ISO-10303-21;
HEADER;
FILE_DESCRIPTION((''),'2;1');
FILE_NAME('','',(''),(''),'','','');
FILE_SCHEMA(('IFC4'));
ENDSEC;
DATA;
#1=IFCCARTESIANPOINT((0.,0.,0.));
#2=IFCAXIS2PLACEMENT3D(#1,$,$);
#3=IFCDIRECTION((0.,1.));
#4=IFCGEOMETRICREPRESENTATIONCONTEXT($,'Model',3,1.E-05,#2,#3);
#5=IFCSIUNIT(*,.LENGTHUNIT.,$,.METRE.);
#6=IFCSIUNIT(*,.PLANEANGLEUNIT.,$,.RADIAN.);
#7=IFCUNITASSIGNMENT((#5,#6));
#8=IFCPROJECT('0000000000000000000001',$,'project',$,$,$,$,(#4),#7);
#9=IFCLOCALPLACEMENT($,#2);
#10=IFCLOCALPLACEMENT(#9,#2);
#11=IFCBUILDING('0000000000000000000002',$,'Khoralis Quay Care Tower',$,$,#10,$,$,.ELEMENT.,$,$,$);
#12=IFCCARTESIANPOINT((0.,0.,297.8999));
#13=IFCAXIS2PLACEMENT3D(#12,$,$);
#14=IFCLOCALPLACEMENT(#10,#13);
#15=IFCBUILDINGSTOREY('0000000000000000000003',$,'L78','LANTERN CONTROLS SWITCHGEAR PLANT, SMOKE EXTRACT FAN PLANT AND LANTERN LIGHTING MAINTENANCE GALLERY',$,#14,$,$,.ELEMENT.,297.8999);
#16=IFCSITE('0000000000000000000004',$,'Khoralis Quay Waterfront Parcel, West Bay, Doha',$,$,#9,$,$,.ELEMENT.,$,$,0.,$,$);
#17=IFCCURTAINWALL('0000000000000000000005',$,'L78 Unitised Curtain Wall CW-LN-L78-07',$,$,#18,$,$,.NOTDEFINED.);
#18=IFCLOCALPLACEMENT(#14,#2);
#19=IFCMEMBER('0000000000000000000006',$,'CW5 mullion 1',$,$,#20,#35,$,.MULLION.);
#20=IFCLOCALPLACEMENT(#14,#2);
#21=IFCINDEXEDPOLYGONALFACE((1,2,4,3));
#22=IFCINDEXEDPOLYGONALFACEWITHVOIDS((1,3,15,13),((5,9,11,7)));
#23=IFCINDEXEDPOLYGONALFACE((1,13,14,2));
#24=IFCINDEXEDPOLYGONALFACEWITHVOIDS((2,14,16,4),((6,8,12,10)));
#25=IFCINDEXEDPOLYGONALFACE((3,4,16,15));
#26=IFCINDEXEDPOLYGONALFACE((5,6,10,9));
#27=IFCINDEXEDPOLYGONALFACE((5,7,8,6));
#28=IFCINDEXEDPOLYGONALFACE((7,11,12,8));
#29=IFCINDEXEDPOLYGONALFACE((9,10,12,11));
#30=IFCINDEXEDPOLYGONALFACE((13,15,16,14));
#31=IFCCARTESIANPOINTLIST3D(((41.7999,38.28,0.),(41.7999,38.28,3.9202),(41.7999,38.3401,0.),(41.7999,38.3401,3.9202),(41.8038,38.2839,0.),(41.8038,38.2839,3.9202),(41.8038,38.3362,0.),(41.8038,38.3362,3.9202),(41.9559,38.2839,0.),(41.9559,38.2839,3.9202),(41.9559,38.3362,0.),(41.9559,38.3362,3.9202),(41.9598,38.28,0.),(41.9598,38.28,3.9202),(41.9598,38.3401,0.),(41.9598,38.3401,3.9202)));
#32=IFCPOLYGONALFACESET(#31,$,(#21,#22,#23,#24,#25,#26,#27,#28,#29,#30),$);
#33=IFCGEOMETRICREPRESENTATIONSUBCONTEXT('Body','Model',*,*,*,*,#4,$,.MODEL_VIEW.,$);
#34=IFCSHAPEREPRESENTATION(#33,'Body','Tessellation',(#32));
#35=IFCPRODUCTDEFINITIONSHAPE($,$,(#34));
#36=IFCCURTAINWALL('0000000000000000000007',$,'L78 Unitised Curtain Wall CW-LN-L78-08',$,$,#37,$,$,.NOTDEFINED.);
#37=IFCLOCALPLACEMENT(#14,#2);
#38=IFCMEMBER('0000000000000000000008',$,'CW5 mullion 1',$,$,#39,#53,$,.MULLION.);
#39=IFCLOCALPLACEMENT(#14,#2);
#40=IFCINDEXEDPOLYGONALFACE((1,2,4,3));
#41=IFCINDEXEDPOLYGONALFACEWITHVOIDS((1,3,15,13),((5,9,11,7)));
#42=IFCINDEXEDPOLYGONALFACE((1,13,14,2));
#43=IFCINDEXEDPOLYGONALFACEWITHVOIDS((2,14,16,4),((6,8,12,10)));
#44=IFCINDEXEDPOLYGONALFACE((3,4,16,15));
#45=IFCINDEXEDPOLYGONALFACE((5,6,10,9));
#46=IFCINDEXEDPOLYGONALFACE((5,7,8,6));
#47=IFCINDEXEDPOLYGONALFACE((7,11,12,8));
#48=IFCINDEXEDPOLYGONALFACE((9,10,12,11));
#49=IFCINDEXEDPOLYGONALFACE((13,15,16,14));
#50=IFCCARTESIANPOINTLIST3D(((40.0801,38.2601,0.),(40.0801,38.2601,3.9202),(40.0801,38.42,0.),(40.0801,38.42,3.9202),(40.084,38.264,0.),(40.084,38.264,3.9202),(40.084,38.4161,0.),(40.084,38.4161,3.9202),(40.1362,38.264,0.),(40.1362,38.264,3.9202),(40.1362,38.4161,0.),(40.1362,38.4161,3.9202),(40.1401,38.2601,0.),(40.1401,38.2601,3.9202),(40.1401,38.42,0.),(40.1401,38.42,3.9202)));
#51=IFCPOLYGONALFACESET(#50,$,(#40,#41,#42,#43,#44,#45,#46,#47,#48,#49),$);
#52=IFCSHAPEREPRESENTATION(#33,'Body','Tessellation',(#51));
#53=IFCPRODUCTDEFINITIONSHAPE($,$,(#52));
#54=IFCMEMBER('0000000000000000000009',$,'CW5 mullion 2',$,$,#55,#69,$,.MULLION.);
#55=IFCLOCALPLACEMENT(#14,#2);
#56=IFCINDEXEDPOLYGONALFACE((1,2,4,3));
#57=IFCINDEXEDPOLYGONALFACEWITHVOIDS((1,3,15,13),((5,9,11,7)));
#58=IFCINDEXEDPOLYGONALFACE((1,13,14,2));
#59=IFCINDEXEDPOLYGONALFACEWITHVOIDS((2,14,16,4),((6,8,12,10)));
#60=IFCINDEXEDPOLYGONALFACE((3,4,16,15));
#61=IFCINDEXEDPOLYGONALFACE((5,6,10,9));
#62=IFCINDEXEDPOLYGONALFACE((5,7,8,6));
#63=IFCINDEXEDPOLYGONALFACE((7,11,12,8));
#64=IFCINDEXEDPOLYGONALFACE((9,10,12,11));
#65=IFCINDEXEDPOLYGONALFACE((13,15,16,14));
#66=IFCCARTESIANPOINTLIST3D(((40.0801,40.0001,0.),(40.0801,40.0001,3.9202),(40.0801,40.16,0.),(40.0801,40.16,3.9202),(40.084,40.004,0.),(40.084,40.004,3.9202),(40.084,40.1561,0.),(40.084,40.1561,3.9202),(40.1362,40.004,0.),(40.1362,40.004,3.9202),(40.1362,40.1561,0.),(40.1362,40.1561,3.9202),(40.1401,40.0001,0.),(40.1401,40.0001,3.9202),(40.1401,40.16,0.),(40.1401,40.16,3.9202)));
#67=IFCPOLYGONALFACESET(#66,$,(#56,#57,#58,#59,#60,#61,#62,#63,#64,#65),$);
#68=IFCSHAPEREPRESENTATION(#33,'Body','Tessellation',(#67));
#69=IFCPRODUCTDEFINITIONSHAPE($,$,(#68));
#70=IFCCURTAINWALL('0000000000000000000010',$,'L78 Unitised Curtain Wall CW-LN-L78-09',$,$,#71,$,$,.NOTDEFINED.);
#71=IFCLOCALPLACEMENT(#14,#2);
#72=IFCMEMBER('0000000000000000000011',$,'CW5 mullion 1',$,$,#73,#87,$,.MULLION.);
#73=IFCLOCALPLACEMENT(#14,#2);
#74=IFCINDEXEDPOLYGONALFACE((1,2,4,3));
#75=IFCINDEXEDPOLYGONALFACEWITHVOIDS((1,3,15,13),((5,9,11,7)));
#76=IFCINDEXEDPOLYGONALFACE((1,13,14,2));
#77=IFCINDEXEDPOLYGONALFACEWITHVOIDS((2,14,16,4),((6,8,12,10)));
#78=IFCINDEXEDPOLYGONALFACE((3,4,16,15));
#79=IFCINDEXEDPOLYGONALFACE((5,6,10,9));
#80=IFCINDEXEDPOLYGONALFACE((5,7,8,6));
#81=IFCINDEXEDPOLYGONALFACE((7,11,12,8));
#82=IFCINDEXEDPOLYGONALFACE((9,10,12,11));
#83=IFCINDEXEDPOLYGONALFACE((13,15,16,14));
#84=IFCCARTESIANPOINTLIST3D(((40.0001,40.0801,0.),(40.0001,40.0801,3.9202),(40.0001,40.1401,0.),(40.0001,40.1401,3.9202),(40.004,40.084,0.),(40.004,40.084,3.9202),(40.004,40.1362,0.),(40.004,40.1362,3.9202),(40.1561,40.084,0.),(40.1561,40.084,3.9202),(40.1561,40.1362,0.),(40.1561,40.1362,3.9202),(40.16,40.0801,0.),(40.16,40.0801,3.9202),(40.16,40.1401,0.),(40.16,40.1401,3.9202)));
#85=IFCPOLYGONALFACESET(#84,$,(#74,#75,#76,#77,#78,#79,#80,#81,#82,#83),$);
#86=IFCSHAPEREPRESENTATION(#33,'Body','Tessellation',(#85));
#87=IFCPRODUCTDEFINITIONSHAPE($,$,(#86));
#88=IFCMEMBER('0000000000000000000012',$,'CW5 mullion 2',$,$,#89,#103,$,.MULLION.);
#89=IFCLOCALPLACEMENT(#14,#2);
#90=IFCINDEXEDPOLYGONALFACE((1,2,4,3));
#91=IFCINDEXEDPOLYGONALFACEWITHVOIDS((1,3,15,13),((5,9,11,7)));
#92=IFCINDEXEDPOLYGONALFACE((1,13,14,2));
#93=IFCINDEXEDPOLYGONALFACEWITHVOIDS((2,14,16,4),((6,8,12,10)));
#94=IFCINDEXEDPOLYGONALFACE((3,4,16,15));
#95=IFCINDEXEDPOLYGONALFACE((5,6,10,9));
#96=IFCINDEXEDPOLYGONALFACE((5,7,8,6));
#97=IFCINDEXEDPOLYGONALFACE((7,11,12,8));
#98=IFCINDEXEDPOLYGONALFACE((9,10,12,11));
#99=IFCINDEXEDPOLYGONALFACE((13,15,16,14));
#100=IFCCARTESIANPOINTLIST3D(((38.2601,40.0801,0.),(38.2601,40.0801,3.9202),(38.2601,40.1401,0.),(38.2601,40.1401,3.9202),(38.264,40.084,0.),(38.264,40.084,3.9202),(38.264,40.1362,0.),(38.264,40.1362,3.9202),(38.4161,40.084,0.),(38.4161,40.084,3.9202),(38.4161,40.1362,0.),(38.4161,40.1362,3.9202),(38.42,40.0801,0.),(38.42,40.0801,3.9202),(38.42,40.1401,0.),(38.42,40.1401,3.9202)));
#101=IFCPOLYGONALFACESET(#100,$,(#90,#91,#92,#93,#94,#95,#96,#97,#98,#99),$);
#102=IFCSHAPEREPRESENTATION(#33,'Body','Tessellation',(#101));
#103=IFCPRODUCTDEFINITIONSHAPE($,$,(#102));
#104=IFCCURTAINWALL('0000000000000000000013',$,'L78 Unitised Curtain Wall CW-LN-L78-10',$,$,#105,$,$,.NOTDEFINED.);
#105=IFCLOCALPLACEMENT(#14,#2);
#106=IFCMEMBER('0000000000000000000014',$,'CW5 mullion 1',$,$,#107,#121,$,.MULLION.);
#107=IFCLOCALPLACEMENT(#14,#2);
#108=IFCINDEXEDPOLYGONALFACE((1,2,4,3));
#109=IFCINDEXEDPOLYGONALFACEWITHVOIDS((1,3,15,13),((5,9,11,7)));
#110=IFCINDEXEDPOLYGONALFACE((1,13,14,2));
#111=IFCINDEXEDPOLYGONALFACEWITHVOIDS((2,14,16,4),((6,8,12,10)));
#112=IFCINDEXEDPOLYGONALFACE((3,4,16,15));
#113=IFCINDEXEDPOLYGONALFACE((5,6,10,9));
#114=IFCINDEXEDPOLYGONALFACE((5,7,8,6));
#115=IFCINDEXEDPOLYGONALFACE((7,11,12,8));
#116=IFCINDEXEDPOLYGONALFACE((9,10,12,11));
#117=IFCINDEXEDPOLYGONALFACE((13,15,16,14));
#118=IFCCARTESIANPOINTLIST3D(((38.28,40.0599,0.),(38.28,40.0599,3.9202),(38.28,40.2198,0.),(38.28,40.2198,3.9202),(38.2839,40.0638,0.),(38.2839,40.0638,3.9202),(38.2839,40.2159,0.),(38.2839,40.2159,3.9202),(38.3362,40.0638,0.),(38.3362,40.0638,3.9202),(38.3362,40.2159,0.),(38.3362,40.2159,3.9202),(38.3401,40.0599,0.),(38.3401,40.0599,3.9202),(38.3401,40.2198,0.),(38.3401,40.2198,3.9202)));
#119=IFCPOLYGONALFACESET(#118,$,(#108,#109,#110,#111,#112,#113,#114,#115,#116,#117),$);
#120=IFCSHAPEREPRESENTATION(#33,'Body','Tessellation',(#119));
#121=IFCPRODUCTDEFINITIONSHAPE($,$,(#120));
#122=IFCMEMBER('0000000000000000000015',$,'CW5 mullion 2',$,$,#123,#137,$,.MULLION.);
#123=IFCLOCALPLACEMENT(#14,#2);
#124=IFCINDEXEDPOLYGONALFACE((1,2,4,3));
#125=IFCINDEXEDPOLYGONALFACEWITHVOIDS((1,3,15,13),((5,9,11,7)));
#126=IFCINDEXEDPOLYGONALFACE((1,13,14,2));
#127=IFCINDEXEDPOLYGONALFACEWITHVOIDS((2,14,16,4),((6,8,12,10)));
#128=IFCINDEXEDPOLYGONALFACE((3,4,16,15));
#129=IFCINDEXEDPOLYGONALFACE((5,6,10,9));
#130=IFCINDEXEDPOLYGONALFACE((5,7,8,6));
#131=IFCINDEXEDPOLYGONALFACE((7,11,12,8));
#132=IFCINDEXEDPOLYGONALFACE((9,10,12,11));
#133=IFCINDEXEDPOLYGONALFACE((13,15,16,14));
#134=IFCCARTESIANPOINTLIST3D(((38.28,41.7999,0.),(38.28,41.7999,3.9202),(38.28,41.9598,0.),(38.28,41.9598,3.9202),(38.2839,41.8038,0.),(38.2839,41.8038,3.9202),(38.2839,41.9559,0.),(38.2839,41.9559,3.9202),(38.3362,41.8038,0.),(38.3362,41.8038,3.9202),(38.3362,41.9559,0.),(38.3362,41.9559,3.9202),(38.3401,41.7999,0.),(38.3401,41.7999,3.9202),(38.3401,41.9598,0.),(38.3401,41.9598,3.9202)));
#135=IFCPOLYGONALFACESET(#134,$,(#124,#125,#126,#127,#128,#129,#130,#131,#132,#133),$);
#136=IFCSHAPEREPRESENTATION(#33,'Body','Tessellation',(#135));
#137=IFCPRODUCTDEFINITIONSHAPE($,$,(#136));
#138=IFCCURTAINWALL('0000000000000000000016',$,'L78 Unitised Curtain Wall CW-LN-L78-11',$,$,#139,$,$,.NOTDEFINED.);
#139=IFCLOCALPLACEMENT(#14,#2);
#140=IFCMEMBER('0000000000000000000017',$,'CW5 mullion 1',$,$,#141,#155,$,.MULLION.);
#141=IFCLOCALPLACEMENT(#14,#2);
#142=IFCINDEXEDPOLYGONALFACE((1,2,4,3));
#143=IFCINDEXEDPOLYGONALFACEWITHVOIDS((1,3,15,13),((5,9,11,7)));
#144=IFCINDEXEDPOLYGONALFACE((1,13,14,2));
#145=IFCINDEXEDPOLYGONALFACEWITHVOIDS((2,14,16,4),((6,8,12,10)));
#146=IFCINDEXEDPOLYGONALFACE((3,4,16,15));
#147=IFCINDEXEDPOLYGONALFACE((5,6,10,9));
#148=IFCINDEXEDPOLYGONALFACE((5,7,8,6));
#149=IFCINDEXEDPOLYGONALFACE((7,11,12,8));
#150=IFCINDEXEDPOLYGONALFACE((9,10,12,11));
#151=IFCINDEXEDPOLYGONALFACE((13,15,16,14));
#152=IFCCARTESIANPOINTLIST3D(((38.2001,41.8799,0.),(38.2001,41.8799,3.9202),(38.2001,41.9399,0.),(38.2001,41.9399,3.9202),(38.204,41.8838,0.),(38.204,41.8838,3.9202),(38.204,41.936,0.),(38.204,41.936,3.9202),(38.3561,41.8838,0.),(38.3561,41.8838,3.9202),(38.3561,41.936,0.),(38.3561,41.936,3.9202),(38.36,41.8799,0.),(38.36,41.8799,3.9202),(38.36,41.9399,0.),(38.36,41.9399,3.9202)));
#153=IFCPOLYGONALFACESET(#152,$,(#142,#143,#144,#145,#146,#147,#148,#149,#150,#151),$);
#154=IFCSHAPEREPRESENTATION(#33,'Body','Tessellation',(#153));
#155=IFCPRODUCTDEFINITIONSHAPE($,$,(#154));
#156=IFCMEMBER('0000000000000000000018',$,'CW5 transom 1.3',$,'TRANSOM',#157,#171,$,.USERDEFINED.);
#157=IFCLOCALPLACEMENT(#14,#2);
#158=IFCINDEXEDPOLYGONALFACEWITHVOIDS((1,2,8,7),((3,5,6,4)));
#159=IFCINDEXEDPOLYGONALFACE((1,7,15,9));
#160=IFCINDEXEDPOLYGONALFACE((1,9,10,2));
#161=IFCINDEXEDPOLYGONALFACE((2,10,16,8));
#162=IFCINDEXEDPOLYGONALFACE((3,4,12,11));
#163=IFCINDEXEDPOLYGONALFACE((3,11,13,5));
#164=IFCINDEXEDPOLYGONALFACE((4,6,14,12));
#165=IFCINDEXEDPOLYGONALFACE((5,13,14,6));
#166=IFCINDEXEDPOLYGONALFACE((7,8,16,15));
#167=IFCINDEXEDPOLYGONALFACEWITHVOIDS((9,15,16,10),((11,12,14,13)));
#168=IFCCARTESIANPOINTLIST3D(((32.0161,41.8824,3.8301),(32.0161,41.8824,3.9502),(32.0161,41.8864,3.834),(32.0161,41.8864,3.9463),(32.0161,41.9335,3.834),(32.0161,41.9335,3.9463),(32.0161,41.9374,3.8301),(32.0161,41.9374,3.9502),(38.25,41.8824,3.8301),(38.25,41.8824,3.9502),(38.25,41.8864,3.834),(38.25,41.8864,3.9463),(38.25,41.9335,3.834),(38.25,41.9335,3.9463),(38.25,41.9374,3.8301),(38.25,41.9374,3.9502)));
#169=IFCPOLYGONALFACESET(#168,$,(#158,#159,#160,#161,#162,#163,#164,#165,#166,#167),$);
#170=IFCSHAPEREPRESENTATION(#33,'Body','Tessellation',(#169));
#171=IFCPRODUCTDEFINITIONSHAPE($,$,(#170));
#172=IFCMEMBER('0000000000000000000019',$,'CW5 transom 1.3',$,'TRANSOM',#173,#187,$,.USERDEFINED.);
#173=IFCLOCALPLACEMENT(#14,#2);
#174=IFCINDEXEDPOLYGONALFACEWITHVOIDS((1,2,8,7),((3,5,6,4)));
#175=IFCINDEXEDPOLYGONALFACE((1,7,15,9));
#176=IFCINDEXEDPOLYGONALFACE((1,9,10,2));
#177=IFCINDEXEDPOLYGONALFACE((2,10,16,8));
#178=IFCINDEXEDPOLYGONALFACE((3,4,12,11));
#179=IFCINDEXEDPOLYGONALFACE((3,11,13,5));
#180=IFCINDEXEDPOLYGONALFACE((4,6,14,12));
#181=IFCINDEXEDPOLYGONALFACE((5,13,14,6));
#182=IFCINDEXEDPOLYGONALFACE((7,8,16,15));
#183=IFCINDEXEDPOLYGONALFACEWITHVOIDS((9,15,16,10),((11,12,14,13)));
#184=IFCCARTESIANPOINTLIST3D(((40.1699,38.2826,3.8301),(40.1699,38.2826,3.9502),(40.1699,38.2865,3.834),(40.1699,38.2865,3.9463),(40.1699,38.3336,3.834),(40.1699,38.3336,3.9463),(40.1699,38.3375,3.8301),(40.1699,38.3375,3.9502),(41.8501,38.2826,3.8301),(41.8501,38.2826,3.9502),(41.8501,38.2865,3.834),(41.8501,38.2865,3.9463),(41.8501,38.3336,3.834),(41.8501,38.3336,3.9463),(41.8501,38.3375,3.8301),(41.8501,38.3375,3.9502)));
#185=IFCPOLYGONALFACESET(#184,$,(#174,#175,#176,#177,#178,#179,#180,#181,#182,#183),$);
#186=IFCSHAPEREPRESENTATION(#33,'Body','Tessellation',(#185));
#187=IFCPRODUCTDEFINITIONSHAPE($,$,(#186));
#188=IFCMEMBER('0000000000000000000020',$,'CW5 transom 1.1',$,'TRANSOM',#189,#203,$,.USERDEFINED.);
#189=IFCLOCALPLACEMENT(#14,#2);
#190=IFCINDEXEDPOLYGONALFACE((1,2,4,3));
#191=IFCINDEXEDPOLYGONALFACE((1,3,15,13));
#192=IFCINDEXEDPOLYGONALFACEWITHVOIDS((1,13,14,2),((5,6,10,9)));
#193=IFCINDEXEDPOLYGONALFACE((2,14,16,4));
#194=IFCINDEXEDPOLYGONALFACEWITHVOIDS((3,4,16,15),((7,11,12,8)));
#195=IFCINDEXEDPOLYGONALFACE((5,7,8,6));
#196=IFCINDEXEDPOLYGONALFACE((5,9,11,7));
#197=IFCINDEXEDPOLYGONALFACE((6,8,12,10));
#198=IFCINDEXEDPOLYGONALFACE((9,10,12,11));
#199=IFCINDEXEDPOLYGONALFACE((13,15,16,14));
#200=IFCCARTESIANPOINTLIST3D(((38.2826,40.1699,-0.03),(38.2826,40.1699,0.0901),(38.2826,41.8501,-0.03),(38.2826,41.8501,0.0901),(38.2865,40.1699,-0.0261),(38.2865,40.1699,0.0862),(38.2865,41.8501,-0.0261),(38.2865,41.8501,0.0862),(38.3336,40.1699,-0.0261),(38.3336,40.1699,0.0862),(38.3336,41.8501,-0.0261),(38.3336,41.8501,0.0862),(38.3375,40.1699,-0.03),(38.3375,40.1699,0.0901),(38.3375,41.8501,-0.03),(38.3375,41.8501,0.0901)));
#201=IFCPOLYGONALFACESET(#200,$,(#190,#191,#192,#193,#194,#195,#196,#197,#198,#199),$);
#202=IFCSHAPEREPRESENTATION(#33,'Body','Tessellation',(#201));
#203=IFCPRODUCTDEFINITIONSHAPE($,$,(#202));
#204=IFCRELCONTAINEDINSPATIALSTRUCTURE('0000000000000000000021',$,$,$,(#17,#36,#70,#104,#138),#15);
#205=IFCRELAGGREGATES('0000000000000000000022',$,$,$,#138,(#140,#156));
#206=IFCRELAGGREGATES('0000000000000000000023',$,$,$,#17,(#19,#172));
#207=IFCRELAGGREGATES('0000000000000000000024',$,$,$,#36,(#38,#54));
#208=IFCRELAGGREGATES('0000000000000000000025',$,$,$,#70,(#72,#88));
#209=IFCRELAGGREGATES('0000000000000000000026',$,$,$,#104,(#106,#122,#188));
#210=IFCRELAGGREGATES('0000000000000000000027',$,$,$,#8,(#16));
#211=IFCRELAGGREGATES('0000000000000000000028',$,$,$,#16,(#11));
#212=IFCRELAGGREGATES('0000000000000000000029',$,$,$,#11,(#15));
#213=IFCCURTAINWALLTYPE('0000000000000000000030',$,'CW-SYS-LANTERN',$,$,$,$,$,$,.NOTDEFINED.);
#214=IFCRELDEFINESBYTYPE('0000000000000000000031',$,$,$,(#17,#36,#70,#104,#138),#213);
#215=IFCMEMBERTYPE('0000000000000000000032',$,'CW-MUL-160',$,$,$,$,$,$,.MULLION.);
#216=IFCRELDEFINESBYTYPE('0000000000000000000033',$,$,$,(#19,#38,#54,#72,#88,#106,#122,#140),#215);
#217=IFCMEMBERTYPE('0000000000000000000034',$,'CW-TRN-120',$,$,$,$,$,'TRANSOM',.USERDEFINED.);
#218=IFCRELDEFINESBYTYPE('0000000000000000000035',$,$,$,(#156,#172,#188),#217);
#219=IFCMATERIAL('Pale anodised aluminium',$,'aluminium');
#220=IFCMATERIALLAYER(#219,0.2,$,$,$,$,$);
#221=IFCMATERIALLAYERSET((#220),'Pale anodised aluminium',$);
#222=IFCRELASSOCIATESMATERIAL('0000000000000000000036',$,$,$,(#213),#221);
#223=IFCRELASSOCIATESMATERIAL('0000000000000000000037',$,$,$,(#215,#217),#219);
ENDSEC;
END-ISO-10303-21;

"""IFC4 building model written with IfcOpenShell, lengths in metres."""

from ifc_helpers import new_model, si_unit, direction, frame, origin, origin_2d, place, context, subcontext, project, spatial, hollow_rectangle, extrude, source, transform, mapped, material, layer, layer_set, material_profile, profile_set, type_object, element, aggregate, save


model = new_model("IFC4")

# Units and contexts
model_context = context("Model", 3, precision=1e-05, world=origin(), true_north=direction((0.0, 1.0)))
body_context = subcontext(model_context, "Body", "Model", "MODEL_VIEW")
ifc_project = project(units=[si_unit("LENGTHUNIT", "METRE"), si_unit("PLANEANGLEUNIT", "RADIAN")], contexts=[model_context])

# Site, building, storey
site_placement = place(None, origin())
site = spatial("IfcSite", under=ifc_project, at=site_placement, Name="Khoralis Quay Waterfront Parcel, West Bay, Doha", CompositionType="ELEMENT", RefElevation=0.0)
building_placement = place(site_placement, origin())
building = spatial("IfcBuilding", under=site, at=building_placement, Name="Khoralis Quay Care Tower", CompositionType="ELEMENT")
storey_placement = place(building_placement, frame((0.0, 0.0, 297.8999)))
storey = spatial("IfcBuildingStorey", under=building, at=storey_placement, Name="L78", Description="LANTERN CONTROLS SWITCHGEAR PLANT, SMOKE EXTRACT FAN PLANT AND LANTERN LIGHTING MAINTENANCE GALLERY", CompositionType="ELEMENT", Elevation=297.8999)

# Curtain wall, member
ifc_material_1 = material(Name="Pale anodised aluminium", Category="aluminium")
ifc_layer_1 = layer(ifc_material_1, 0.2)
ifc_layer_set_1 = layer_set([ifc_layer_1], Name="Pale anodised aluminium")
curtain_wall_type = type_object("IfcCurtainWallType", Name="CW-SYS-LANTERN", PredefinedType="NOTDEFINED", material=ifc_layer_set_1)
curtain_wall_1_placement = place(storey_placement, origin())
curtain_wall_1 = element("IfcCurtainWall", 1, at=curtain_wall_1_placement, inside=storey, type_object=curtain_wall_type, Name="L78 Unitised Curtain Wall CW-LN-L78-07", PredefinedType="NOTDEFINED")
ifc_material_profile_1 = material_profile(ifc_material_1, hollow_rectangle(XDim=0.0601, YDim=0.1599, WallThickness=0.0039, at=origin_2d()), Name="Pale anodised aluminium")
ifc_profile_set_1 = profile_set([ifc_material_profile_1], Name="Pale anodised aluminium")
member_type_1 = type_object("IfcMemberType", Name="CW-MUL-160", PredefinedType="MULLION", material=ifc_profile_set_1)
shared_shape_1 = source(origin(), body_context, "Body", "SweptSolid", [
    extrude(hollow_rectangle(XDim=0.0601, YDim=0.1599, WallThickness=0.0039, at=origin_2d()), origin(), (0.0, 0.0, 1.0), 3.9202),
])
member_1_placement = place(storey_placement, frame((41.8799, 38.3101, 0.0), z_axis=(0.0, 0.0, 1.0), x_axis=(0.0, -1.0, 0.0)))
member_1 = element("IfcMember", 2, at=member_1_placement, type_object=member_type_1, Name="CW5 mullion 1", PredefinedType="MULLION", context=body_context, shape_type="MappedRepresentation", body=[
    mapped(shared_shape_1, transform((0.0, 0.0, 0.0), scale=1.0)),
])

# Curtain walls, members
curtain_wall_2_placement = place(storey_placement, origin())
curtain_wall_2 = element("IfcCurtainWall", 3, at=curtain_wall_2_placement, inside=storey, type_object=curtain_wall_type, Name="L78 Unitised Curtain Wall CW-LN-L78-08", PredefinedType="NOTDEFINED")
member_2_placement = place(storey_placement, frame((40.1101, 38.3401, 0.0), z_axis=(0.0, 0.0, 1.0), x_axis=(-1.0, 0.0, 0.0)))
member_2 = element("IfcMember", 4, at=member_2_placement, type_object=member_type_1, Name="CW5 mullion 1", PredefinedType="MULLION", context=body_context, shape_type="MappedRepresentation", body=[
    mapped(shared_shape_1, transform((0.0, 0.0, 0.0), scale=1.0)),
])
member_3_placement = place(storey_placement, frame((40.1101, 40.0801, 0.0), z_axis=(0.0, 0.0, 1.0), x_axis=(-1.0, 0.0, 0.0)))
member_3 = element("IfcMember", 5, at=member_3_placement, type_object=member_type_1, Name="CW5 mullion 2", PredefinedType="MULLION", context=body_context, shape_type="MappedRepresentation", body=[
    mapped(shared_shape_1, transform((0.0, 0.0, 0.0), scale=1.0)),
])
curtain_wall_3_placement = place(storey_placement, origin())
curtain_wall_3 = element("IfcCurtainWall", 6, at=curtain_wall_3_placement, inside=storey, type_object=curtain_wall_type, Name="L78 Unitised Curtain Wall CW-LN-L78-09", PredefinedType="NOTDEFINED")
member_4_placement = place(storey_placement, frame((40.0801, 40.1101, 0.0), z_axis=(0.0, 0.0, 1.0), x_axis=(0.0, -1.0, 0.0)))
member_4 = element("IfcMember", 7, at=member_4_placement, type_object=member_type_1, Name="CW5 mullion 1", PredefinedType="MULLION", context=body_context, shape_type="MappedRepresentation", body=[
    mapped(shared_shape_1, transform((0.0, 0.0, 0.0), scale=1.0)),
])
member_5_placement = place(storey_placement, frame((38.3401, 40.1101, 0.0), z_axis=(0.0, 0.0, 1.0), x_axis=(0.0, -1.0, 0.0)))
member_5 = element("IfcMember", 8, at=member_5_placement, type_object=member_type_1, Name="CW5 mullion 2", PredefinedType="MULLION", context=body_context, shape_type="MappedRepresentation", body=[
    mapped(shared_shape_1, transform((0.0, 0.0, 0.0), scale=1.0)),
])
curtain_wall_4_placement = place(storey_placement, origin())
curtain_wall_4 = element("IfcCurtainWall", 9, at=curtain_wall_4_placement, inside=storey, type_object=curtain_wall_type, Name="L78 Unitised Curtain Wall CW-LN-L78-10", PredefinedType="NOTDEFINED")
member_6_placement = place(storey_placement, frame((38.3101, 40.1399, 0.0), z_axis=(0.0, 0.0, 1.0), x_axis=(-1.0, 0.0, 0.0)))
member_6 = element("IfcMember", 10, at=member_6_placement, type_object=member_type_1, Name="CW5 mullion 1", PredefinedType="MULLION", context=body_context, shape_type="MappedRepresentation", body=[
    mapped(shared_shape_1, transform((0.0, 0.0, 0.0), scale=1.0)),
])
member_7_placement = place(storey_placement, frame((38.3101, 41.8799, 0.0), z_axis=(0.0, 0.0, 1.0), x_axis=(-1.0, 0.0, 0.0)))
member_7 = element("IfcMember", 11, at=member_7_placement, type_object=member_type_1, Name="CW5 mullion 2", PredefinedType="MULLION", context=body_context, shape_type="MappedRepresentation", body=[
    mapped(shared_shape_1, transform((0.0, 0.0, 0.0), scale=1.0)),
])
curtain_wall_5_placement = place(storey_placement, origin())
curtain_wall_5 = element("IfcCurtainWall", 12, at=curtain_wall_5_placement, inside=storey, type_object=curtain_wall_type, Name="L78 Unitised Curtain Wall CW-LN-L78-11", PredefinedType="NOTDEFINED")
member_8_placement = place(storey_placement, frame((38.28, 41.9099, 0.0), z_axis=(0.0, 0.0, 1.0), x_axis=(0.0, -1.0, 0.0)))
member_8 = element("IfcMember", 13, at=member_8_placement, type_object=member_type_1, Name="CW5 mullion 1", PredefinedType="MULLION", context=body_context, shape_type="MappedRepresentation", body=[
    mapped(shared_shape_1, transform((0.0, 0.0, 0.0), scale=1.0)),
])
ifc_material_profile_2 = material_profile(ifc_material_1, hollow_rectangle(XDim=0.0549, YDim=0.1201, WallThickness=0.0039, at=origin_2d()), Name="Pale anodised aluminium")
ifc_profile_set_2 = profile_set([ifc_material_profile_2], Name="Pale anodised aluminium")
member_type_2 = type_object("IfcMemberType", Name="CW-TRN-120", ElementType="TRANSOM", PredefinedType="USERDEFINED", material=ifc_profile_set_2)
shared_shape_2 = source(origin(), body_context, "Body", "SweptSolid", [
    extrude(hollow_rectangle(XDim=0.0549, YDim=0.1201, WallThickness=0.0039, at=origin_2d()), origin(), (0.0, 0.0, 1.0), 6.2339),
])
member_9_placement = place(storey_placement, frame((38.25, 41.9099, 3.8901), z_axis=(-1.0, 0.0, 0.0), x_axis=(0.0, -1.0, 0.0)))
member_9 = element("IfcMember", 14, at=member_9_placement, type_object=member_type_2, Name="CW5 transom 1.3", ObjectType="TRANSOM", PredefinedType="USERDEFINED", context=body_context, shape_type="MappedRepresentation", body=[
    mapped(shared_shape_2, transform((0.0, 0.0, 0.0), scale=1.0)),
])
aggregate(curtain_wall_5, [member_8, member_9])

# Members
shared_shape_3 = source(origin(), body_context, "Body", "SweptSolid", [
    extrude(hollow_rectangle(XDim=0.0549, YDim=0.1201, WallThickness=0.0039, at=origin_2d()), origin(), (0.0, 0.0, 1.0), 1.6802),
])
member_10_placement = place(storey_placement, frame((41.8501, 38.3101, 3.8901), z_axis=(-1.0, 0.0, 0.0), x_axis=(0.0, -1.0, 0.0)))
member_10 = element("IfcMember", 15, at=member_10_placement, type_object=member_type_2, Name="CW5 transom 1.3", ObjectType="TRANSOM", PredefinedType="USERDEFINED", context=body_context, shape_type="MappedRepresentation", body=[
    mapped(shared_shape_3, transform((0.0, 0.0, 0.0), scale=1.0)),
])
aggregate(curtain_wall_1, [member_1, member_10])
member_11_placement = place(storey_placement, frame((38.3101, 40.1699, 0.03), z_axis=(0.0, 1.0, 0.0), x_axis=(-1.0, 0.0, 0.0)))
member_11 = element("IfcMember", 16, at=member_11_placement, type_object=member_type_2, Name="CW5 transom 1.1", ObjectType="TRANSOM", PredefinedType="USERDEFINED", context=body_context, shape_type="MappedRepresentation", body=[
    mapped(shared_shape_3, transform((0.0, 0.0, 0.0), scale=1.0)),
])

aggregate(curtain_wall_2, [member_2, member_3])
aggregate(curtain_wall_3, [member_4, member_5])
aggregate(curtain_wall_4, [member_6, member_7, member_11])

save(model, "model.ifc")
